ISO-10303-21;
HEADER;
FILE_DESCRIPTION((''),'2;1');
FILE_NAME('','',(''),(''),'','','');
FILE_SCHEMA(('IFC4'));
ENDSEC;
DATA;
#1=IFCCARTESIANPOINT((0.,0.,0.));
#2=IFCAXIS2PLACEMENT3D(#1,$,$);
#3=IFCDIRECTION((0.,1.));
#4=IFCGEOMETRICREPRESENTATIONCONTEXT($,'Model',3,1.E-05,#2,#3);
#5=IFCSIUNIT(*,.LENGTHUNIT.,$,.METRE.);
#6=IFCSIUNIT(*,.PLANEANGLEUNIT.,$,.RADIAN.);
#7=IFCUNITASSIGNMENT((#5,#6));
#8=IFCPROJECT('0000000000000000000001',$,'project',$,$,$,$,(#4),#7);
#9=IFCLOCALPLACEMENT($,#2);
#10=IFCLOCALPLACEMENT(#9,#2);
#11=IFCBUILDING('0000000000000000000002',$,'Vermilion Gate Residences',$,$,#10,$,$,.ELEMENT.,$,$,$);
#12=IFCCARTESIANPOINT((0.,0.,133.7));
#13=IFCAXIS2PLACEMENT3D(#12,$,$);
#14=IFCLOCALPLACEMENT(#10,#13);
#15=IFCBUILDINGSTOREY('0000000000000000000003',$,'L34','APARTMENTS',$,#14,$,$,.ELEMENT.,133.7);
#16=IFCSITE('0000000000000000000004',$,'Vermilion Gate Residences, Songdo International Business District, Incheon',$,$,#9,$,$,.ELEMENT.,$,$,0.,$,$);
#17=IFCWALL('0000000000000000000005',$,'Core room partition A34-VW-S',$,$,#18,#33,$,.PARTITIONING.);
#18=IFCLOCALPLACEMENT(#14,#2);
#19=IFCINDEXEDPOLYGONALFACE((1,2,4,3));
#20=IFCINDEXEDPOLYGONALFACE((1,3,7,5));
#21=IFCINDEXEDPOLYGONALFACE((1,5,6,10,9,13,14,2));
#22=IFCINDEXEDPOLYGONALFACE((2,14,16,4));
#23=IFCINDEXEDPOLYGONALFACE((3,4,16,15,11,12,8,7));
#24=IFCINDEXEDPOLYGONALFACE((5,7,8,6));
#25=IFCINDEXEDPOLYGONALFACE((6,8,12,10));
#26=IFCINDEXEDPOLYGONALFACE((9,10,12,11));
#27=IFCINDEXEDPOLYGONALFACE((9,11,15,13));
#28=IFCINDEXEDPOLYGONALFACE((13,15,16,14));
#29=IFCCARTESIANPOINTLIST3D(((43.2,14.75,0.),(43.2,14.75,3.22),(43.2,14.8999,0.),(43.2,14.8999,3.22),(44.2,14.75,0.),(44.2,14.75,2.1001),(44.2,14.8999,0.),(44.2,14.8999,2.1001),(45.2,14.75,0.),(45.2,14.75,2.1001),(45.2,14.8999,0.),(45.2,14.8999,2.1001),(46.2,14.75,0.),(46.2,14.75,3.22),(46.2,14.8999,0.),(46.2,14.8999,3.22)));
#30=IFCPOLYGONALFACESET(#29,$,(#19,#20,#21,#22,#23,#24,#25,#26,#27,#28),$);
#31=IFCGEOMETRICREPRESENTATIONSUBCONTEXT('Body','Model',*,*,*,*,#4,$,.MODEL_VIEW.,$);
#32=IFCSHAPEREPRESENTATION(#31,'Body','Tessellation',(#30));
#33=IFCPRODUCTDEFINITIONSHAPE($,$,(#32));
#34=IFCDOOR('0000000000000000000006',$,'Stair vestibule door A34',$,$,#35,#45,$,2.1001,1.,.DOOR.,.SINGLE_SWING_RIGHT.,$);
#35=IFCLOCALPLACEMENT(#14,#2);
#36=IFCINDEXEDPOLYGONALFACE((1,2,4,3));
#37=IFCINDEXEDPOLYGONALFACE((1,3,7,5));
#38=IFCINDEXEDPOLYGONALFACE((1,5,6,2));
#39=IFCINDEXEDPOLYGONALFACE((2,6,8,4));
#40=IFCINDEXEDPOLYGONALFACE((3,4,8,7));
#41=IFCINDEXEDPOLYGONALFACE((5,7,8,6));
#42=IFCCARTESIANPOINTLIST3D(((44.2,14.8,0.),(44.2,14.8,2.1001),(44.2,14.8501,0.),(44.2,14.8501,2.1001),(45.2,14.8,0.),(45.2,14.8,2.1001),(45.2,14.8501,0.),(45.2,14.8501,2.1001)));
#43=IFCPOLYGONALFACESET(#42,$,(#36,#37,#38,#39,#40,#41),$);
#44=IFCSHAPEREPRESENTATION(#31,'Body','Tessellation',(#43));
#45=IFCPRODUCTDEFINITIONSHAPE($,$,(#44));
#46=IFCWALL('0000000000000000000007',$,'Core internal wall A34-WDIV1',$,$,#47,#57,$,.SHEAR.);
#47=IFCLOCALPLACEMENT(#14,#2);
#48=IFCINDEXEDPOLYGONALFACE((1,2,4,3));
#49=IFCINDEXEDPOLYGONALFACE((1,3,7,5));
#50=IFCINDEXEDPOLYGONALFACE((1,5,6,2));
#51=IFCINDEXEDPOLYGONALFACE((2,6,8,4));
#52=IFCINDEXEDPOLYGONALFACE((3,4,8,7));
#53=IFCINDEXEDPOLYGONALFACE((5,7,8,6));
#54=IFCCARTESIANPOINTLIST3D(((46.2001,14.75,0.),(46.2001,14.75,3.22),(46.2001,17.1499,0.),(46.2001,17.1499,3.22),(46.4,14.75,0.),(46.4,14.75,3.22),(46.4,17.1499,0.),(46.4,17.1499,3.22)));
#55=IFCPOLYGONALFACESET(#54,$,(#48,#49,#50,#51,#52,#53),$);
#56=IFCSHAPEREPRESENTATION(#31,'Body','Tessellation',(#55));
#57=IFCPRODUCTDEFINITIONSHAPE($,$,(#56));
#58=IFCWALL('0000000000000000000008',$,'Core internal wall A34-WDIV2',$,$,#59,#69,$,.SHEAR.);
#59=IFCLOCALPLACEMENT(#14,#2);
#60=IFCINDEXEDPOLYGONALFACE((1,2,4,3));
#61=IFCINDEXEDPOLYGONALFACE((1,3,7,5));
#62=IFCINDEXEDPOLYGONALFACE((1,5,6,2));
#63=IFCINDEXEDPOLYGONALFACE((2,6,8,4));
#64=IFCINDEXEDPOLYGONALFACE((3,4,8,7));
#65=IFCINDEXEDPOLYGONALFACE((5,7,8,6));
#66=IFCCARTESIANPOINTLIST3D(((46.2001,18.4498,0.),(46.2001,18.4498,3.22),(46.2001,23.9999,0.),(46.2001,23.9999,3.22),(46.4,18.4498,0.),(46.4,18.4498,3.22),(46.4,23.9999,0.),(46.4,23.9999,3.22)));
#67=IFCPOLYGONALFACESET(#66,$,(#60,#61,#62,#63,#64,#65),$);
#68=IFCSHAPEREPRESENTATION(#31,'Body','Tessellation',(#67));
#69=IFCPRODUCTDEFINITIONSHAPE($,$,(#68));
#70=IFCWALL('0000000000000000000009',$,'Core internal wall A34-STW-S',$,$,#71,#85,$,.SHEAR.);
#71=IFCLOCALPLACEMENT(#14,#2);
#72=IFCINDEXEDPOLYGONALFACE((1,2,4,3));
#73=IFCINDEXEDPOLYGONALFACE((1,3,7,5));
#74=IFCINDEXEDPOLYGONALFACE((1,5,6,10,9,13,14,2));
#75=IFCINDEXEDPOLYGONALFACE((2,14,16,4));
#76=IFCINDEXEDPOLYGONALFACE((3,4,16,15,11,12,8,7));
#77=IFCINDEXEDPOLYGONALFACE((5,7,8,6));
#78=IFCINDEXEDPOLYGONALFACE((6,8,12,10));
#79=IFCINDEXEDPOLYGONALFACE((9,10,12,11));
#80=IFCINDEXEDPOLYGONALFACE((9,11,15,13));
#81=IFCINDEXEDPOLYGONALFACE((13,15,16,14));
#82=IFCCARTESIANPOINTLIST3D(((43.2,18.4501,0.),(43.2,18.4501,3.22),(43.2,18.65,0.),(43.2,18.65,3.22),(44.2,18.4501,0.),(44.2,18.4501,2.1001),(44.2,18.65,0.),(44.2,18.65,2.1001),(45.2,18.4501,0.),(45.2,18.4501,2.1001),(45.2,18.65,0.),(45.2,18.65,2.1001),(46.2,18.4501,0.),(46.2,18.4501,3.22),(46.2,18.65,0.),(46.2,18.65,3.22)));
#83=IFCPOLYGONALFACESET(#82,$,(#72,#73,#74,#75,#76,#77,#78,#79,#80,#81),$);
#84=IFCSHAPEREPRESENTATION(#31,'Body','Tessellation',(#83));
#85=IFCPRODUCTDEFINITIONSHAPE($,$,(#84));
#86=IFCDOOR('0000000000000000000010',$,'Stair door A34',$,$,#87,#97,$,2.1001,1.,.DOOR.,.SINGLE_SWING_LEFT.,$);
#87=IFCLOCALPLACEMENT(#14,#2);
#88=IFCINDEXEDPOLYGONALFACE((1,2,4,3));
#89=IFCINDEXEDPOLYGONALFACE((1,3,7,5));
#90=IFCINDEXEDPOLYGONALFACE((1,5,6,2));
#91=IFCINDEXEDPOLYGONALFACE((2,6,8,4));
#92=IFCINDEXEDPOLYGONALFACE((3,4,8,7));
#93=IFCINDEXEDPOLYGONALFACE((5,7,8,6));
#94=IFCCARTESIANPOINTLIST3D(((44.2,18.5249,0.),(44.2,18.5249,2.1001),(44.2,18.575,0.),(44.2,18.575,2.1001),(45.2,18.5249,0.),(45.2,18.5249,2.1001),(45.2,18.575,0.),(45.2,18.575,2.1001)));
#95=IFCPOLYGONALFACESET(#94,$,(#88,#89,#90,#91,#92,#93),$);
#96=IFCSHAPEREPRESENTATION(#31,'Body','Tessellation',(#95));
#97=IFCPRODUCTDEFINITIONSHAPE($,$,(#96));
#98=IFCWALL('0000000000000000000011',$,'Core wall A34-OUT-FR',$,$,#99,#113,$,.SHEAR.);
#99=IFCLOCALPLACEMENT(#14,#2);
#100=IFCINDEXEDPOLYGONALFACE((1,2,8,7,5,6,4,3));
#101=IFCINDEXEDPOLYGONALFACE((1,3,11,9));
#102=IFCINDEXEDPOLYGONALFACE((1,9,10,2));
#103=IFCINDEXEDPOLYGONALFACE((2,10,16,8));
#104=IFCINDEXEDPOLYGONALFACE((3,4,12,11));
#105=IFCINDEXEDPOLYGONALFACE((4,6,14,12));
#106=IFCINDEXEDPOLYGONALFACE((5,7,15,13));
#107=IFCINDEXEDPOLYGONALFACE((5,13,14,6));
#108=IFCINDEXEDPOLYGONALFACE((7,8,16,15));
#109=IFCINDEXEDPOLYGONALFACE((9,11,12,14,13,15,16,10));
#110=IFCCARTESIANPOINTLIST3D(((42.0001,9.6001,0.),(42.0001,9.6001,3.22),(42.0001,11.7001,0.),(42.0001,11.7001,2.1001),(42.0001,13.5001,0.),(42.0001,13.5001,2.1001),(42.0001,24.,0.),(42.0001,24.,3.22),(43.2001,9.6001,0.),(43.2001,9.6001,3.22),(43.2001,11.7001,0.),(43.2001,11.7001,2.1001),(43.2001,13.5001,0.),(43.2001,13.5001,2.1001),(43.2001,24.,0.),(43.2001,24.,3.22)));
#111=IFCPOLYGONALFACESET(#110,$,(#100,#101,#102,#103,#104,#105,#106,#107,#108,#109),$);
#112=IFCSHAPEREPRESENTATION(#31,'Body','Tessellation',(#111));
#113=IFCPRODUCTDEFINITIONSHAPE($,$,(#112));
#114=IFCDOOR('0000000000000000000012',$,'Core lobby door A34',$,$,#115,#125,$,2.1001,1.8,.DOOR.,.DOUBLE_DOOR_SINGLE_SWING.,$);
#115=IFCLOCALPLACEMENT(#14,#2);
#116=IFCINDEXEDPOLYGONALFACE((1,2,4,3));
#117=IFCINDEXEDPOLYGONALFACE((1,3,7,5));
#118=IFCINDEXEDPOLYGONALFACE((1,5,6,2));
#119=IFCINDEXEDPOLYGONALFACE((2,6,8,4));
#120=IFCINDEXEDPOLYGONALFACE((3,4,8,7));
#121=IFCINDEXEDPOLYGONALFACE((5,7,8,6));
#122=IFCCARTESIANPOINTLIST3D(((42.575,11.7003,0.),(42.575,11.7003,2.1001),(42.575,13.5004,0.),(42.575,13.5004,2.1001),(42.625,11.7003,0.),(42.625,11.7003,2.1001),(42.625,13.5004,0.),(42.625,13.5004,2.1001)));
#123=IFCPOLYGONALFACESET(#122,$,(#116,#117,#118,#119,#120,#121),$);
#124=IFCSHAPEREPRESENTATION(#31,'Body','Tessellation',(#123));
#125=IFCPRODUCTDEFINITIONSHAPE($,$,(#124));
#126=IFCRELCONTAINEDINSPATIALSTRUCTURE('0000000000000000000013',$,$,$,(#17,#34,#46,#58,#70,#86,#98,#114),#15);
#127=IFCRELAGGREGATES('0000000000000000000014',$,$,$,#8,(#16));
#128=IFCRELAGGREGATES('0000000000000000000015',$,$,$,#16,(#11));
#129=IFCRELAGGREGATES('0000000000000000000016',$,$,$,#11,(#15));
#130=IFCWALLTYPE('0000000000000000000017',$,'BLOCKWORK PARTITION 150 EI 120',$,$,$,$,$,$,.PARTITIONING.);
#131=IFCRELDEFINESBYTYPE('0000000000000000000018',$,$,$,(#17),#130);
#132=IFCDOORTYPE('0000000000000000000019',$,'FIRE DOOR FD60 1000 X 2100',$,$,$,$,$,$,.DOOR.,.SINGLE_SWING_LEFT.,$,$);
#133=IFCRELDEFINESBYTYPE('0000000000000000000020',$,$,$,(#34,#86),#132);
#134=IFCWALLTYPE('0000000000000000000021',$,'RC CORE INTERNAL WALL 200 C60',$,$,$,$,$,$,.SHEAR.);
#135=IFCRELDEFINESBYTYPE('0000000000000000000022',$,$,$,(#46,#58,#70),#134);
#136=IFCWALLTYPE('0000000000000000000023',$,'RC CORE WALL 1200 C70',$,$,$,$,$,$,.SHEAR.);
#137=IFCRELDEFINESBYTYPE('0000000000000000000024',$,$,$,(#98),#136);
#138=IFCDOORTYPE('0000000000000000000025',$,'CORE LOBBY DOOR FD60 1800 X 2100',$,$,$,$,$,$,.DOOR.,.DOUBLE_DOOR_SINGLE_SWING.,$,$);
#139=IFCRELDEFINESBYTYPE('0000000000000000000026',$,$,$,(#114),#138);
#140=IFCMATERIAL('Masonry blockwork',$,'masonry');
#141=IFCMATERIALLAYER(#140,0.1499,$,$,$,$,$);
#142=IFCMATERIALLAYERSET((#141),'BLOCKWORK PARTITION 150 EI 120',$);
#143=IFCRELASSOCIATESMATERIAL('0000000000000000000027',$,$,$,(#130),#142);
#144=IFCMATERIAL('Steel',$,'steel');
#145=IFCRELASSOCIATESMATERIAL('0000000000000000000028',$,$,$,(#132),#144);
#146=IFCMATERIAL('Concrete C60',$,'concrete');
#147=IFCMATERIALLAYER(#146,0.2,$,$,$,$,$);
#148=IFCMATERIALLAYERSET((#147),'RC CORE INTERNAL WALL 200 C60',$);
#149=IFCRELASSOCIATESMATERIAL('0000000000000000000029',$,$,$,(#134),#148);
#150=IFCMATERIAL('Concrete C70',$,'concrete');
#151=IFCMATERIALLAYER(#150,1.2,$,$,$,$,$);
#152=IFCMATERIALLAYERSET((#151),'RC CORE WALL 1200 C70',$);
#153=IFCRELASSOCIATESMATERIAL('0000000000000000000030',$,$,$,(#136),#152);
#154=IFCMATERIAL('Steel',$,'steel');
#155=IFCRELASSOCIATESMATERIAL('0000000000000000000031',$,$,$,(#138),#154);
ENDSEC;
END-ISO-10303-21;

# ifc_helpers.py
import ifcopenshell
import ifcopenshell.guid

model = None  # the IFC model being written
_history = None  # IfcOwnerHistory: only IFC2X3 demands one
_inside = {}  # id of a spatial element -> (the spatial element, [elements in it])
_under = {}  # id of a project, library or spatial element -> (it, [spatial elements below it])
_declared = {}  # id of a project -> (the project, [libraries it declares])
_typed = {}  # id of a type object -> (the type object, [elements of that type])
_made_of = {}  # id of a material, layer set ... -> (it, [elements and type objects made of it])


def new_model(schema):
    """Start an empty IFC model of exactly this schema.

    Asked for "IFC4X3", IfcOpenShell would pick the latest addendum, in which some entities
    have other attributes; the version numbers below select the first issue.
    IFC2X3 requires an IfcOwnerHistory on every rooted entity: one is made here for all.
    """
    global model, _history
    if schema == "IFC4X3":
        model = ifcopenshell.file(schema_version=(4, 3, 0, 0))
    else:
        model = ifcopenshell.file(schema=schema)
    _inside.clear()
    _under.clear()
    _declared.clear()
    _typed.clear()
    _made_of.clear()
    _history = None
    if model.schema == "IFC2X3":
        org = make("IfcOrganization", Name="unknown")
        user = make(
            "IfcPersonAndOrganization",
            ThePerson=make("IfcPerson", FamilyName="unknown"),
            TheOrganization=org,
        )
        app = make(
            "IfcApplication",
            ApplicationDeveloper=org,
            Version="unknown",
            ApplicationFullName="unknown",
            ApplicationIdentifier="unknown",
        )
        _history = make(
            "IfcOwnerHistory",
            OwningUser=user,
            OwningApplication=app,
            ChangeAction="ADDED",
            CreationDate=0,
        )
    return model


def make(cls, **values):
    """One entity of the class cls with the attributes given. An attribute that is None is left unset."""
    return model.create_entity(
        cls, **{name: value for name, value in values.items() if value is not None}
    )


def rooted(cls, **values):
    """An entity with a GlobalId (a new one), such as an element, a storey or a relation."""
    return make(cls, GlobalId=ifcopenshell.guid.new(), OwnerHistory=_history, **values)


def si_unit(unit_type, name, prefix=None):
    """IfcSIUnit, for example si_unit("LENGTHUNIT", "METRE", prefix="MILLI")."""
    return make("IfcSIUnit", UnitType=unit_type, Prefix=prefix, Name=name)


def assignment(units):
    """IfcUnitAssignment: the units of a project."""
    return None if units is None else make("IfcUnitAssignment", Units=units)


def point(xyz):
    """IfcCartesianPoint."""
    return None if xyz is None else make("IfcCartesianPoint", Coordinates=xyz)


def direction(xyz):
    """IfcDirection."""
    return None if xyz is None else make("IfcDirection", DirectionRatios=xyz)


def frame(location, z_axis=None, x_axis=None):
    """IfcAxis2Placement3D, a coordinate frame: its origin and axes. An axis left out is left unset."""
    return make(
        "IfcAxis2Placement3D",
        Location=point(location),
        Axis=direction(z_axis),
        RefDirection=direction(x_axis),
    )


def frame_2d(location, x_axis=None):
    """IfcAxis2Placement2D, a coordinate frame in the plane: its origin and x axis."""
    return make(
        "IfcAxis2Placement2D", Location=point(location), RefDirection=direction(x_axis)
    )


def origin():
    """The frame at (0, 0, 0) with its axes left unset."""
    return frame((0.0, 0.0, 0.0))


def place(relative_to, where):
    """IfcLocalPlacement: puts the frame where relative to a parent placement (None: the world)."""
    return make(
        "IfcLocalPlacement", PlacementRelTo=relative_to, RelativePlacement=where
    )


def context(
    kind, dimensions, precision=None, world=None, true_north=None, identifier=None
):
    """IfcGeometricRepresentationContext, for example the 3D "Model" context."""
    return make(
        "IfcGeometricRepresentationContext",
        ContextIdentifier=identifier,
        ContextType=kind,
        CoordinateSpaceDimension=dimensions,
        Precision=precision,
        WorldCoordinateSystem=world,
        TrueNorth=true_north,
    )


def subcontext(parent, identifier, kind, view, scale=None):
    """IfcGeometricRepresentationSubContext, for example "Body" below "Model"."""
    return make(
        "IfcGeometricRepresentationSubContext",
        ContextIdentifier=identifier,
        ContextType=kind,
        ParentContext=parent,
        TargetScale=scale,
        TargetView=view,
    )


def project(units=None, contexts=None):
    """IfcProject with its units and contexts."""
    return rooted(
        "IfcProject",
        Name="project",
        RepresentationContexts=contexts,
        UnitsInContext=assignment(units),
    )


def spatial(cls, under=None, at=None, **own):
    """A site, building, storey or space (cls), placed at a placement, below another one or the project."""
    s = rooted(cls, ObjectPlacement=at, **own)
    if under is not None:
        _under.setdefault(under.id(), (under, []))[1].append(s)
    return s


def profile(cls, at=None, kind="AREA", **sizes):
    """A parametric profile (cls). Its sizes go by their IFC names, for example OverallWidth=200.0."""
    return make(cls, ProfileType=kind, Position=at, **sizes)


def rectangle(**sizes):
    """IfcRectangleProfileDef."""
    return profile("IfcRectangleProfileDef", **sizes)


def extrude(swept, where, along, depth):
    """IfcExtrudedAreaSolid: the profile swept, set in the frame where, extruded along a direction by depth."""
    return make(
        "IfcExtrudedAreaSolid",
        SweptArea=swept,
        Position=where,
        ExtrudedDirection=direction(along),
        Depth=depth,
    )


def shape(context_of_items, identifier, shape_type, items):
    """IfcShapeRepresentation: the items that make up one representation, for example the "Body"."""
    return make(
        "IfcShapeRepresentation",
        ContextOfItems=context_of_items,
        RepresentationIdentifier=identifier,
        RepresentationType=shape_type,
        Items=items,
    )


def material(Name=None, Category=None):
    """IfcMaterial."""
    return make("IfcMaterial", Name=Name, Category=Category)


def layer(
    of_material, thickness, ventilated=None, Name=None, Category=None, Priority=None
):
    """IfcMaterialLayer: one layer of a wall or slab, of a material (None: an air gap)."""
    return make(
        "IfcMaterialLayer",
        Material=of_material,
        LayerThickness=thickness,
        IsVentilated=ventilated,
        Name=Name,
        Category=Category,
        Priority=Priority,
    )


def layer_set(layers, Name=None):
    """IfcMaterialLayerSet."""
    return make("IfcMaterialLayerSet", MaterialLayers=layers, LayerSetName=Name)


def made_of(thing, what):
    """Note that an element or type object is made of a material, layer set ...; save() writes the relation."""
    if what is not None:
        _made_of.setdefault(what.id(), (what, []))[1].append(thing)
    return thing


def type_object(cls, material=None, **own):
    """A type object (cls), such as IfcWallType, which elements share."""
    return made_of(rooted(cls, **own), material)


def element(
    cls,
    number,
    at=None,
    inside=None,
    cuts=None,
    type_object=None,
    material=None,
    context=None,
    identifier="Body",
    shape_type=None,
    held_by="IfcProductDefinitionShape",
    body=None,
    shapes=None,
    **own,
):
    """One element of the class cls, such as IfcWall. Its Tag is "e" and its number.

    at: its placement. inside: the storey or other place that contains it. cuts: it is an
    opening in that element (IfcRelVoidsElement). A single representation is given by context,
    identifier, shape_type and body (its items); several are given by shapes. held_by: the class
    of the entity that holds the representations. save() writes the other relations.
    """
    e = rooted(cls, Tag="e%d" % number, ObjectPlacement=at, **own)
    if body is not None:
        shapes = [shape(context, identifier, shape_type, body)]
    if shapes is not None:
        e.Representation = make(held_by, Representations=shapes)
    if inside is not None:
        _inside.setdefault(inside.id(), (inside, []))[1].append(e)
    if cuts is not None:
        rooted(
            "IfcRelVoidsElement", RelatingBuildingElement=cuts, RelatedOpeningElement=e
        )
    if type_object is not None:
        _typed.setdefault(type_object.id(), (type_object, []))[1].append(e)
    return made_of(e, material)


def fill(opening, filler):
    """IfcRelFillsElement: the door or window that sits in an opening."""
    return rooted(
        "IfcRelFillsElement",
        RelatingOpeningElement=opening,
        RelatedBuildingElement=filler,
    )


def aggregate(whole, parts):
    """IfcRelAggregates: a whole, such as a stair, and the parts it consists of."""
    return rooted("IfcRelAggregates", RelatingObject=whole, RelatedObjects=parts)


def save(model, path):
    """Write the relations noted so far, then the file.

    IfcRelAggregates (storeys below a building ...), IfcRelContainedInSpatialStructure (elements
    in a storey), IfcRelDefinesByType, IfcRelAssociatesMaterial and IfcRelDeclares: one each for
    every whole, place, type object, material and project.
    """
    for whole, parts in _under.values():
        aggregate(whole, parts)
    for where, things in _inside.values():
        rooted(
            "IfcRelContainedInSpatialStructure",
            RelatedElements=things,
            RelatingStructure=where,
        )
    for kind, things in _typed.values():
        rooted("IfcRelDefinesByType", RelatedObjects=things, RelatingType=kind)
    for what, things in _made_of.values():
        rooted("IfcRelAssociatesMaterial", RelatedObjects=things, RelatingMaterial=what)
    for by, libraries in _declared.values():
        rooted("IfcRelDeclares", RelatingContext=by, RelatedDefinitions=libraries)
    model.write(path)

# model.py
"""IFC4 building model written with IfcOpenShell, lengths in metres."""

from ifc_helpers import new_model, si_unit, direction, frame, frame_2d, origin, place, context, subcontext, project, spatial, rectangle, extrude, material, layer, layer_set, type_object, element, fill, save


model = new_model("IFC4")

# Units and contexts
model_context = context("Model", 3, precision=1e-05, world=origin(), true_north=direction((0.0, 1.0)))
body_context = subcontext(model_context, "Body", "Model", "MODEL_VIEW")
ifc_project = project(units=[si_unit("LENGTHUNIT", "METRE"), si_unit("PLANEANGLEUNIT", "RADIAN")], contexts=[model_context])

# Site, building, storey
site_placement = place(None, origin())
site = spatial("IfcSite", under=ifc_project, at=site_placement, Name="Vermilion Gate Residences, Songdo International Business District, Incheon", CompositionType="ELEMENT", RefElevation=0.0)
building_placement = place(site_placement, origin())
building = spatial("IfcBuilding", under=site, at=building_placement, Name="Vermilion Gate Residences", CompositionType="ELEMENT")
storey_placement = place(building_placement, frame((0.0, 0.0, 133.7)))
storey = spatial("IfcBuildingStorey", under=building, at=storey_placement, Name="L34", Description="APARTMENTS", CompositionType="ELEMENT", Elevation=133.7)

# Wall, opening, door
ifc_material_1 = material(Name="Masonry blockwork", Category="masonry")
ifc_layer_1 = layer(ifc_material_1, 0.1499)
ifc_layer_set_1 = layer_set([ifc_layer_1], Name="BLOCKWORK PARTITION 150 EI 120")
wall_type_1 = type_object("IfcWallType", Name="BLOCKWORK PARTITION 150 EI 120", PredefinedType="PARTITIONING", material=ifc_layer_set_1)
wall_1_placement = place(storey_placement, frame((43.2, 14.825, 0.0), z_axis=(0.0, 0.0, 1.0), x_axis=(1.0, 0.0, 0.0)))
wall_1 = element("IfcWall", 1, at=wall_1_placement, inside=storey, type_object=wall_type_1, Name="Core room partition A34-VW-S", PredefinedType="PARTITIONING", context=body_context, shape_type="SweptSolid", body=[
    extrude(rectangle(XDim=3.0, YDim=0.1499, at=frame_2d((1.5, 0.0))), origin(), (0.0, 0.0, 1.0), 3.22),
])
opening_1_placement = place(wall_1_placement, frame((1.0, 0.0, 0.0)))
opening_1 = element("IfcOpeningElement", 2, at=opening_1_placement, cuts=wall_1, PredefinedType="OPENING", context=body_context, shape_type="SweptSolid", body=[
    extrude(rectangle(XDim=1.0, YDim=2.1001, at=frame_2d((0.5, 1.05))), frame((0.0, 0.085, 0.0), z_axis=(0.0, -1.0, 0.0), x_axis=(1.0, 0.0, 0.0)), (0.0, 0.0, 1.0), 0.1699),
])
ifc_material_2 = material(Name="Steel", Category="steel")
door_type_1 = type_object("IfcDoorType", Name="FIRE DOOR FD60 1000 X 2100", OperationType="SINGLE_SWING_LEFT", PredefinedType="DOOR", material=ifc_material_2)
door_1_placement = place(opening_1_placement, frame((1.0, 0.0, 0.0), z_axis=(0.0, 0.0, 1.0), x_axis=(-1.0, 0.0, 0.0)))
door_1 = element("IfcDoor", 3, at=door_1_placement, inside=storey, type_object=door_type_1, Name="Stair vestibule door A34", OperationType="SINGLE_SWING_RIGHT", OverallHeight=2.1001, OverallWidth=1.0, PredefinedType="DOOR", context=body_context, shape_type="SweptSolid", body=[
    extrude(rectangle(XDim=1.0, YDim=2.1001, at=frame_2d((0.5, 1.05))), frame((0.0, 0.0249, 0.0), z_axis=(0.0, -1.0, 0.0), x_axis=(1.0, 0.0, 0.0)), (0.0, 0.0, 1.0), 0.05),
])
fill(opening_1, door_1)

# Walls
ifc_material_3 = material(Name="Concrete C60", Category="concrete")
ifc_layer_2 = layer(ifc_material_3, 0.2)
ifc_layer_set_2 = layer_set([ifc_layer_2], Name="RC CORE INTERNAL WALL 200 C60")
wall_type_2 = type_object("IfcWallType", Name="RC CORE INTERNAL WALL 200 C60", PredefinedType="SHEAR", material=ifc_layer_set_2)
wall_2_placement = place(storey_placement, frame((46.3, 14.75, 0.0), z_axis=(0.0, 0.0, 1.0), x_axis=(0.0, 1.0, 0.0)))
element("IfcWall", 4, at=wall_2_placement, inside=storey, type_object=wall_type_2, Name="Core internal wall A34-WDIV1", PredefinedType="SHEAR", context=body_context, shape_type="SweptSolid", body=[
    extrude(rectangle(XDim=2.3999, YDim=0.2, at=frame_2d((1.2, 0.0))), origin(), (0.0, 0.0, 1.0), 3.22),
])
wall_3_placement = place(storey_placement, frame((46.3, 18.45, 0.0), z_axis=(0.0, 0.0, 1.0), x_axis=(0.0, 1.0, 0.0)))
element("IfcWall", 5, at=wall_3_placement, inside=storey, type_object=wall_type_2, Name="Core internal wall A34-WDIV2", PredefinedType="SHEAR", context=body_context, shape_type="SweptSolid", body=[
    extrude(rectangle(XDim=5.55, YDim=0.2, at=frame_2d((2.7749, 0.0))), origin(), (0.0, 0.0, 1.0), 3.22),
])

# Walls, openings, doors
wall_4_placement = place(storey_placement, frame((43.2, 18.55, 0.0), z_axis=(0.0, 0.0, 1.0), x_axis=(1.0, 0.0, 0.0)))
wall_4 = element("IfcWall", 6, at=wall_4_placement, inside=storey, type_object=wall_type_2, Name="Core internal wall A34-STW-S", PredefinedType="SHEAR", context=body_context, shape_type="SweptSolid", body=[
    extrude(rectangle(XDim=3.0, YDim=0.2, at=frame_2d((1.5, 0.0))), origin(), (0.0, 0.0, 1.0), 3.22),
])
opening_2_placement = place(wall_4_placement, frame((1.0, 0.0, 0.0)))
opening_2 = element("IfcOpeningElement", 7, at=opening_2_placement, cuts=wall_4, PredefinedType="OPENING", context=body_context, shape_type="SweptSolid", body=[
    extrude(rectangle(XDim=1.0, YDim=2.1001, at=frame_2d((0.5, 1.05))), frame((0.0, 0.1099, 0.0), z_axis=(0.0, -1.0, 0.0), x_axis=(1.0, 0.0, 0.0)), (0.0, 0.0, 1.0), 0.22),
])
door_2_placement = place(opening_2_placement, origin())
door_2 = element("IfcDoor", 8, at=door_2_placement, inside=storey, type_object=door_type_1, Name="Stair door A34", OperationType="SINGLE_SWING_LEFT", OverallHeight=2.1001, OverallWidth=1.0, PredefinedType="DOOR", context=body_context, shape_type="SweptSolid", body=[
    extrude(rectangle(XDim=1.0, YDim=2.1001, at=frame_2d((0.5, 1.05))), frame((0.0, 0.0249, 0.0), z_axis=(0.0, -1.0, 0.0), x_axis=(1.0, 0.0, 0.0)), (0.0, 0.0, 1.0), 0.05),
])
fill(opening_2, door_2)
ifc_material_4 = material(Name="Concrete C70", Category="concrete")
ifc_layer_3 = layer(ifc_material_4, 1.2)
ifc_layer_set_3 = layer_set([ifc_layer_3], Name="RC CORE WALL 1200 C70")
wall_type_3 = type_object("IfcWallType", Name="RC CORE WALL 1200 C70", PredefinedType="SHEAR", material=ifc_layer_set_3)
wall_5_placement = place(storey_placement, frame((42.6001, 9.6001, 0.0), z_axis=(0.0, 0.0, 1.0), x_axis=(0.0, 1.0, 0.0)))
wall_5 = element("IfcWall", 9, at=wall_5_placement, inside=storey, type_object=wall_type_3, Name="Core wall A34-OUT-FR", PredefinedType="SHEAR", context=body_context, shape_type="SweptSolid", body=[
    extrude(rectangle(XDim=14.3999, YDim=1.2, at=frame_2d((7.2, 0.0))), origin(), (0.0, 0.0, 1.0), 3.22),
])
opening_3_placement = place(wall_5_placement, frame((2.1001, 0.0, 0.0)))
opening_3 = element("IfcOpeningElement", 10, at=opening_3_placement, cuts=wall_5, PredefinedType="OPENING", context=body_context, shape_type="SweptSolid", body=[
    extrude(rectangle(XDim=1.8, YDim=2.1001, at=frame_2d((0.8999, 1.05))), frame((0.0, 0.6099, 0.0), z_axis=(0.0, -1.0, 0.0), x_axis=(1.0, 0.0, 0.0)), (0.0, 0.0, 1.0), 1.22),
])
ifc_material_5 = material(Name="Steel", Category="steel")
door_type_2 = type_object("IfcDoorType", Name="CORE LOBBY DOOR FD60 1800 X 2100", OperationType="DOUBLE_DOOR_SINGLE_SWING", PredefinedType="DOOR", material=ifc_material_5)
door_3_placement = place(opening_3_placement, frame((1.8, 0.0, 0.0), z_axis=(0.0, 0.0, 1.0), x_axis=(-1.0, 0.0, 0.0)))
door_3 = element("IfcDoor", 11, at=door_3_placement, inside=storey, type_object=door_type_2, Name="Core lobby door A34", OperationType="DOUBLE_DOOR_SINGLE_SWING", OverallHeight=2.1001, OverallWidth=1.8, PredefinedType="DOOR", context=body_context, shape_type="SweptSolid", body=[
    extrude(rectangle(XDim=1.8, YDim=2.1001, at=frame_2d((0.8999, 1.05))), frame((0.0, 0.0249, 0.0), z_axis=(0.0, -1.0, 0.0), x_axis=(1.0, 0.0, 0.0)), (0.0, 0.0, 1.0), 0.05),
])
fill(opening_3, door_3)

save(model, "model.ifc")
